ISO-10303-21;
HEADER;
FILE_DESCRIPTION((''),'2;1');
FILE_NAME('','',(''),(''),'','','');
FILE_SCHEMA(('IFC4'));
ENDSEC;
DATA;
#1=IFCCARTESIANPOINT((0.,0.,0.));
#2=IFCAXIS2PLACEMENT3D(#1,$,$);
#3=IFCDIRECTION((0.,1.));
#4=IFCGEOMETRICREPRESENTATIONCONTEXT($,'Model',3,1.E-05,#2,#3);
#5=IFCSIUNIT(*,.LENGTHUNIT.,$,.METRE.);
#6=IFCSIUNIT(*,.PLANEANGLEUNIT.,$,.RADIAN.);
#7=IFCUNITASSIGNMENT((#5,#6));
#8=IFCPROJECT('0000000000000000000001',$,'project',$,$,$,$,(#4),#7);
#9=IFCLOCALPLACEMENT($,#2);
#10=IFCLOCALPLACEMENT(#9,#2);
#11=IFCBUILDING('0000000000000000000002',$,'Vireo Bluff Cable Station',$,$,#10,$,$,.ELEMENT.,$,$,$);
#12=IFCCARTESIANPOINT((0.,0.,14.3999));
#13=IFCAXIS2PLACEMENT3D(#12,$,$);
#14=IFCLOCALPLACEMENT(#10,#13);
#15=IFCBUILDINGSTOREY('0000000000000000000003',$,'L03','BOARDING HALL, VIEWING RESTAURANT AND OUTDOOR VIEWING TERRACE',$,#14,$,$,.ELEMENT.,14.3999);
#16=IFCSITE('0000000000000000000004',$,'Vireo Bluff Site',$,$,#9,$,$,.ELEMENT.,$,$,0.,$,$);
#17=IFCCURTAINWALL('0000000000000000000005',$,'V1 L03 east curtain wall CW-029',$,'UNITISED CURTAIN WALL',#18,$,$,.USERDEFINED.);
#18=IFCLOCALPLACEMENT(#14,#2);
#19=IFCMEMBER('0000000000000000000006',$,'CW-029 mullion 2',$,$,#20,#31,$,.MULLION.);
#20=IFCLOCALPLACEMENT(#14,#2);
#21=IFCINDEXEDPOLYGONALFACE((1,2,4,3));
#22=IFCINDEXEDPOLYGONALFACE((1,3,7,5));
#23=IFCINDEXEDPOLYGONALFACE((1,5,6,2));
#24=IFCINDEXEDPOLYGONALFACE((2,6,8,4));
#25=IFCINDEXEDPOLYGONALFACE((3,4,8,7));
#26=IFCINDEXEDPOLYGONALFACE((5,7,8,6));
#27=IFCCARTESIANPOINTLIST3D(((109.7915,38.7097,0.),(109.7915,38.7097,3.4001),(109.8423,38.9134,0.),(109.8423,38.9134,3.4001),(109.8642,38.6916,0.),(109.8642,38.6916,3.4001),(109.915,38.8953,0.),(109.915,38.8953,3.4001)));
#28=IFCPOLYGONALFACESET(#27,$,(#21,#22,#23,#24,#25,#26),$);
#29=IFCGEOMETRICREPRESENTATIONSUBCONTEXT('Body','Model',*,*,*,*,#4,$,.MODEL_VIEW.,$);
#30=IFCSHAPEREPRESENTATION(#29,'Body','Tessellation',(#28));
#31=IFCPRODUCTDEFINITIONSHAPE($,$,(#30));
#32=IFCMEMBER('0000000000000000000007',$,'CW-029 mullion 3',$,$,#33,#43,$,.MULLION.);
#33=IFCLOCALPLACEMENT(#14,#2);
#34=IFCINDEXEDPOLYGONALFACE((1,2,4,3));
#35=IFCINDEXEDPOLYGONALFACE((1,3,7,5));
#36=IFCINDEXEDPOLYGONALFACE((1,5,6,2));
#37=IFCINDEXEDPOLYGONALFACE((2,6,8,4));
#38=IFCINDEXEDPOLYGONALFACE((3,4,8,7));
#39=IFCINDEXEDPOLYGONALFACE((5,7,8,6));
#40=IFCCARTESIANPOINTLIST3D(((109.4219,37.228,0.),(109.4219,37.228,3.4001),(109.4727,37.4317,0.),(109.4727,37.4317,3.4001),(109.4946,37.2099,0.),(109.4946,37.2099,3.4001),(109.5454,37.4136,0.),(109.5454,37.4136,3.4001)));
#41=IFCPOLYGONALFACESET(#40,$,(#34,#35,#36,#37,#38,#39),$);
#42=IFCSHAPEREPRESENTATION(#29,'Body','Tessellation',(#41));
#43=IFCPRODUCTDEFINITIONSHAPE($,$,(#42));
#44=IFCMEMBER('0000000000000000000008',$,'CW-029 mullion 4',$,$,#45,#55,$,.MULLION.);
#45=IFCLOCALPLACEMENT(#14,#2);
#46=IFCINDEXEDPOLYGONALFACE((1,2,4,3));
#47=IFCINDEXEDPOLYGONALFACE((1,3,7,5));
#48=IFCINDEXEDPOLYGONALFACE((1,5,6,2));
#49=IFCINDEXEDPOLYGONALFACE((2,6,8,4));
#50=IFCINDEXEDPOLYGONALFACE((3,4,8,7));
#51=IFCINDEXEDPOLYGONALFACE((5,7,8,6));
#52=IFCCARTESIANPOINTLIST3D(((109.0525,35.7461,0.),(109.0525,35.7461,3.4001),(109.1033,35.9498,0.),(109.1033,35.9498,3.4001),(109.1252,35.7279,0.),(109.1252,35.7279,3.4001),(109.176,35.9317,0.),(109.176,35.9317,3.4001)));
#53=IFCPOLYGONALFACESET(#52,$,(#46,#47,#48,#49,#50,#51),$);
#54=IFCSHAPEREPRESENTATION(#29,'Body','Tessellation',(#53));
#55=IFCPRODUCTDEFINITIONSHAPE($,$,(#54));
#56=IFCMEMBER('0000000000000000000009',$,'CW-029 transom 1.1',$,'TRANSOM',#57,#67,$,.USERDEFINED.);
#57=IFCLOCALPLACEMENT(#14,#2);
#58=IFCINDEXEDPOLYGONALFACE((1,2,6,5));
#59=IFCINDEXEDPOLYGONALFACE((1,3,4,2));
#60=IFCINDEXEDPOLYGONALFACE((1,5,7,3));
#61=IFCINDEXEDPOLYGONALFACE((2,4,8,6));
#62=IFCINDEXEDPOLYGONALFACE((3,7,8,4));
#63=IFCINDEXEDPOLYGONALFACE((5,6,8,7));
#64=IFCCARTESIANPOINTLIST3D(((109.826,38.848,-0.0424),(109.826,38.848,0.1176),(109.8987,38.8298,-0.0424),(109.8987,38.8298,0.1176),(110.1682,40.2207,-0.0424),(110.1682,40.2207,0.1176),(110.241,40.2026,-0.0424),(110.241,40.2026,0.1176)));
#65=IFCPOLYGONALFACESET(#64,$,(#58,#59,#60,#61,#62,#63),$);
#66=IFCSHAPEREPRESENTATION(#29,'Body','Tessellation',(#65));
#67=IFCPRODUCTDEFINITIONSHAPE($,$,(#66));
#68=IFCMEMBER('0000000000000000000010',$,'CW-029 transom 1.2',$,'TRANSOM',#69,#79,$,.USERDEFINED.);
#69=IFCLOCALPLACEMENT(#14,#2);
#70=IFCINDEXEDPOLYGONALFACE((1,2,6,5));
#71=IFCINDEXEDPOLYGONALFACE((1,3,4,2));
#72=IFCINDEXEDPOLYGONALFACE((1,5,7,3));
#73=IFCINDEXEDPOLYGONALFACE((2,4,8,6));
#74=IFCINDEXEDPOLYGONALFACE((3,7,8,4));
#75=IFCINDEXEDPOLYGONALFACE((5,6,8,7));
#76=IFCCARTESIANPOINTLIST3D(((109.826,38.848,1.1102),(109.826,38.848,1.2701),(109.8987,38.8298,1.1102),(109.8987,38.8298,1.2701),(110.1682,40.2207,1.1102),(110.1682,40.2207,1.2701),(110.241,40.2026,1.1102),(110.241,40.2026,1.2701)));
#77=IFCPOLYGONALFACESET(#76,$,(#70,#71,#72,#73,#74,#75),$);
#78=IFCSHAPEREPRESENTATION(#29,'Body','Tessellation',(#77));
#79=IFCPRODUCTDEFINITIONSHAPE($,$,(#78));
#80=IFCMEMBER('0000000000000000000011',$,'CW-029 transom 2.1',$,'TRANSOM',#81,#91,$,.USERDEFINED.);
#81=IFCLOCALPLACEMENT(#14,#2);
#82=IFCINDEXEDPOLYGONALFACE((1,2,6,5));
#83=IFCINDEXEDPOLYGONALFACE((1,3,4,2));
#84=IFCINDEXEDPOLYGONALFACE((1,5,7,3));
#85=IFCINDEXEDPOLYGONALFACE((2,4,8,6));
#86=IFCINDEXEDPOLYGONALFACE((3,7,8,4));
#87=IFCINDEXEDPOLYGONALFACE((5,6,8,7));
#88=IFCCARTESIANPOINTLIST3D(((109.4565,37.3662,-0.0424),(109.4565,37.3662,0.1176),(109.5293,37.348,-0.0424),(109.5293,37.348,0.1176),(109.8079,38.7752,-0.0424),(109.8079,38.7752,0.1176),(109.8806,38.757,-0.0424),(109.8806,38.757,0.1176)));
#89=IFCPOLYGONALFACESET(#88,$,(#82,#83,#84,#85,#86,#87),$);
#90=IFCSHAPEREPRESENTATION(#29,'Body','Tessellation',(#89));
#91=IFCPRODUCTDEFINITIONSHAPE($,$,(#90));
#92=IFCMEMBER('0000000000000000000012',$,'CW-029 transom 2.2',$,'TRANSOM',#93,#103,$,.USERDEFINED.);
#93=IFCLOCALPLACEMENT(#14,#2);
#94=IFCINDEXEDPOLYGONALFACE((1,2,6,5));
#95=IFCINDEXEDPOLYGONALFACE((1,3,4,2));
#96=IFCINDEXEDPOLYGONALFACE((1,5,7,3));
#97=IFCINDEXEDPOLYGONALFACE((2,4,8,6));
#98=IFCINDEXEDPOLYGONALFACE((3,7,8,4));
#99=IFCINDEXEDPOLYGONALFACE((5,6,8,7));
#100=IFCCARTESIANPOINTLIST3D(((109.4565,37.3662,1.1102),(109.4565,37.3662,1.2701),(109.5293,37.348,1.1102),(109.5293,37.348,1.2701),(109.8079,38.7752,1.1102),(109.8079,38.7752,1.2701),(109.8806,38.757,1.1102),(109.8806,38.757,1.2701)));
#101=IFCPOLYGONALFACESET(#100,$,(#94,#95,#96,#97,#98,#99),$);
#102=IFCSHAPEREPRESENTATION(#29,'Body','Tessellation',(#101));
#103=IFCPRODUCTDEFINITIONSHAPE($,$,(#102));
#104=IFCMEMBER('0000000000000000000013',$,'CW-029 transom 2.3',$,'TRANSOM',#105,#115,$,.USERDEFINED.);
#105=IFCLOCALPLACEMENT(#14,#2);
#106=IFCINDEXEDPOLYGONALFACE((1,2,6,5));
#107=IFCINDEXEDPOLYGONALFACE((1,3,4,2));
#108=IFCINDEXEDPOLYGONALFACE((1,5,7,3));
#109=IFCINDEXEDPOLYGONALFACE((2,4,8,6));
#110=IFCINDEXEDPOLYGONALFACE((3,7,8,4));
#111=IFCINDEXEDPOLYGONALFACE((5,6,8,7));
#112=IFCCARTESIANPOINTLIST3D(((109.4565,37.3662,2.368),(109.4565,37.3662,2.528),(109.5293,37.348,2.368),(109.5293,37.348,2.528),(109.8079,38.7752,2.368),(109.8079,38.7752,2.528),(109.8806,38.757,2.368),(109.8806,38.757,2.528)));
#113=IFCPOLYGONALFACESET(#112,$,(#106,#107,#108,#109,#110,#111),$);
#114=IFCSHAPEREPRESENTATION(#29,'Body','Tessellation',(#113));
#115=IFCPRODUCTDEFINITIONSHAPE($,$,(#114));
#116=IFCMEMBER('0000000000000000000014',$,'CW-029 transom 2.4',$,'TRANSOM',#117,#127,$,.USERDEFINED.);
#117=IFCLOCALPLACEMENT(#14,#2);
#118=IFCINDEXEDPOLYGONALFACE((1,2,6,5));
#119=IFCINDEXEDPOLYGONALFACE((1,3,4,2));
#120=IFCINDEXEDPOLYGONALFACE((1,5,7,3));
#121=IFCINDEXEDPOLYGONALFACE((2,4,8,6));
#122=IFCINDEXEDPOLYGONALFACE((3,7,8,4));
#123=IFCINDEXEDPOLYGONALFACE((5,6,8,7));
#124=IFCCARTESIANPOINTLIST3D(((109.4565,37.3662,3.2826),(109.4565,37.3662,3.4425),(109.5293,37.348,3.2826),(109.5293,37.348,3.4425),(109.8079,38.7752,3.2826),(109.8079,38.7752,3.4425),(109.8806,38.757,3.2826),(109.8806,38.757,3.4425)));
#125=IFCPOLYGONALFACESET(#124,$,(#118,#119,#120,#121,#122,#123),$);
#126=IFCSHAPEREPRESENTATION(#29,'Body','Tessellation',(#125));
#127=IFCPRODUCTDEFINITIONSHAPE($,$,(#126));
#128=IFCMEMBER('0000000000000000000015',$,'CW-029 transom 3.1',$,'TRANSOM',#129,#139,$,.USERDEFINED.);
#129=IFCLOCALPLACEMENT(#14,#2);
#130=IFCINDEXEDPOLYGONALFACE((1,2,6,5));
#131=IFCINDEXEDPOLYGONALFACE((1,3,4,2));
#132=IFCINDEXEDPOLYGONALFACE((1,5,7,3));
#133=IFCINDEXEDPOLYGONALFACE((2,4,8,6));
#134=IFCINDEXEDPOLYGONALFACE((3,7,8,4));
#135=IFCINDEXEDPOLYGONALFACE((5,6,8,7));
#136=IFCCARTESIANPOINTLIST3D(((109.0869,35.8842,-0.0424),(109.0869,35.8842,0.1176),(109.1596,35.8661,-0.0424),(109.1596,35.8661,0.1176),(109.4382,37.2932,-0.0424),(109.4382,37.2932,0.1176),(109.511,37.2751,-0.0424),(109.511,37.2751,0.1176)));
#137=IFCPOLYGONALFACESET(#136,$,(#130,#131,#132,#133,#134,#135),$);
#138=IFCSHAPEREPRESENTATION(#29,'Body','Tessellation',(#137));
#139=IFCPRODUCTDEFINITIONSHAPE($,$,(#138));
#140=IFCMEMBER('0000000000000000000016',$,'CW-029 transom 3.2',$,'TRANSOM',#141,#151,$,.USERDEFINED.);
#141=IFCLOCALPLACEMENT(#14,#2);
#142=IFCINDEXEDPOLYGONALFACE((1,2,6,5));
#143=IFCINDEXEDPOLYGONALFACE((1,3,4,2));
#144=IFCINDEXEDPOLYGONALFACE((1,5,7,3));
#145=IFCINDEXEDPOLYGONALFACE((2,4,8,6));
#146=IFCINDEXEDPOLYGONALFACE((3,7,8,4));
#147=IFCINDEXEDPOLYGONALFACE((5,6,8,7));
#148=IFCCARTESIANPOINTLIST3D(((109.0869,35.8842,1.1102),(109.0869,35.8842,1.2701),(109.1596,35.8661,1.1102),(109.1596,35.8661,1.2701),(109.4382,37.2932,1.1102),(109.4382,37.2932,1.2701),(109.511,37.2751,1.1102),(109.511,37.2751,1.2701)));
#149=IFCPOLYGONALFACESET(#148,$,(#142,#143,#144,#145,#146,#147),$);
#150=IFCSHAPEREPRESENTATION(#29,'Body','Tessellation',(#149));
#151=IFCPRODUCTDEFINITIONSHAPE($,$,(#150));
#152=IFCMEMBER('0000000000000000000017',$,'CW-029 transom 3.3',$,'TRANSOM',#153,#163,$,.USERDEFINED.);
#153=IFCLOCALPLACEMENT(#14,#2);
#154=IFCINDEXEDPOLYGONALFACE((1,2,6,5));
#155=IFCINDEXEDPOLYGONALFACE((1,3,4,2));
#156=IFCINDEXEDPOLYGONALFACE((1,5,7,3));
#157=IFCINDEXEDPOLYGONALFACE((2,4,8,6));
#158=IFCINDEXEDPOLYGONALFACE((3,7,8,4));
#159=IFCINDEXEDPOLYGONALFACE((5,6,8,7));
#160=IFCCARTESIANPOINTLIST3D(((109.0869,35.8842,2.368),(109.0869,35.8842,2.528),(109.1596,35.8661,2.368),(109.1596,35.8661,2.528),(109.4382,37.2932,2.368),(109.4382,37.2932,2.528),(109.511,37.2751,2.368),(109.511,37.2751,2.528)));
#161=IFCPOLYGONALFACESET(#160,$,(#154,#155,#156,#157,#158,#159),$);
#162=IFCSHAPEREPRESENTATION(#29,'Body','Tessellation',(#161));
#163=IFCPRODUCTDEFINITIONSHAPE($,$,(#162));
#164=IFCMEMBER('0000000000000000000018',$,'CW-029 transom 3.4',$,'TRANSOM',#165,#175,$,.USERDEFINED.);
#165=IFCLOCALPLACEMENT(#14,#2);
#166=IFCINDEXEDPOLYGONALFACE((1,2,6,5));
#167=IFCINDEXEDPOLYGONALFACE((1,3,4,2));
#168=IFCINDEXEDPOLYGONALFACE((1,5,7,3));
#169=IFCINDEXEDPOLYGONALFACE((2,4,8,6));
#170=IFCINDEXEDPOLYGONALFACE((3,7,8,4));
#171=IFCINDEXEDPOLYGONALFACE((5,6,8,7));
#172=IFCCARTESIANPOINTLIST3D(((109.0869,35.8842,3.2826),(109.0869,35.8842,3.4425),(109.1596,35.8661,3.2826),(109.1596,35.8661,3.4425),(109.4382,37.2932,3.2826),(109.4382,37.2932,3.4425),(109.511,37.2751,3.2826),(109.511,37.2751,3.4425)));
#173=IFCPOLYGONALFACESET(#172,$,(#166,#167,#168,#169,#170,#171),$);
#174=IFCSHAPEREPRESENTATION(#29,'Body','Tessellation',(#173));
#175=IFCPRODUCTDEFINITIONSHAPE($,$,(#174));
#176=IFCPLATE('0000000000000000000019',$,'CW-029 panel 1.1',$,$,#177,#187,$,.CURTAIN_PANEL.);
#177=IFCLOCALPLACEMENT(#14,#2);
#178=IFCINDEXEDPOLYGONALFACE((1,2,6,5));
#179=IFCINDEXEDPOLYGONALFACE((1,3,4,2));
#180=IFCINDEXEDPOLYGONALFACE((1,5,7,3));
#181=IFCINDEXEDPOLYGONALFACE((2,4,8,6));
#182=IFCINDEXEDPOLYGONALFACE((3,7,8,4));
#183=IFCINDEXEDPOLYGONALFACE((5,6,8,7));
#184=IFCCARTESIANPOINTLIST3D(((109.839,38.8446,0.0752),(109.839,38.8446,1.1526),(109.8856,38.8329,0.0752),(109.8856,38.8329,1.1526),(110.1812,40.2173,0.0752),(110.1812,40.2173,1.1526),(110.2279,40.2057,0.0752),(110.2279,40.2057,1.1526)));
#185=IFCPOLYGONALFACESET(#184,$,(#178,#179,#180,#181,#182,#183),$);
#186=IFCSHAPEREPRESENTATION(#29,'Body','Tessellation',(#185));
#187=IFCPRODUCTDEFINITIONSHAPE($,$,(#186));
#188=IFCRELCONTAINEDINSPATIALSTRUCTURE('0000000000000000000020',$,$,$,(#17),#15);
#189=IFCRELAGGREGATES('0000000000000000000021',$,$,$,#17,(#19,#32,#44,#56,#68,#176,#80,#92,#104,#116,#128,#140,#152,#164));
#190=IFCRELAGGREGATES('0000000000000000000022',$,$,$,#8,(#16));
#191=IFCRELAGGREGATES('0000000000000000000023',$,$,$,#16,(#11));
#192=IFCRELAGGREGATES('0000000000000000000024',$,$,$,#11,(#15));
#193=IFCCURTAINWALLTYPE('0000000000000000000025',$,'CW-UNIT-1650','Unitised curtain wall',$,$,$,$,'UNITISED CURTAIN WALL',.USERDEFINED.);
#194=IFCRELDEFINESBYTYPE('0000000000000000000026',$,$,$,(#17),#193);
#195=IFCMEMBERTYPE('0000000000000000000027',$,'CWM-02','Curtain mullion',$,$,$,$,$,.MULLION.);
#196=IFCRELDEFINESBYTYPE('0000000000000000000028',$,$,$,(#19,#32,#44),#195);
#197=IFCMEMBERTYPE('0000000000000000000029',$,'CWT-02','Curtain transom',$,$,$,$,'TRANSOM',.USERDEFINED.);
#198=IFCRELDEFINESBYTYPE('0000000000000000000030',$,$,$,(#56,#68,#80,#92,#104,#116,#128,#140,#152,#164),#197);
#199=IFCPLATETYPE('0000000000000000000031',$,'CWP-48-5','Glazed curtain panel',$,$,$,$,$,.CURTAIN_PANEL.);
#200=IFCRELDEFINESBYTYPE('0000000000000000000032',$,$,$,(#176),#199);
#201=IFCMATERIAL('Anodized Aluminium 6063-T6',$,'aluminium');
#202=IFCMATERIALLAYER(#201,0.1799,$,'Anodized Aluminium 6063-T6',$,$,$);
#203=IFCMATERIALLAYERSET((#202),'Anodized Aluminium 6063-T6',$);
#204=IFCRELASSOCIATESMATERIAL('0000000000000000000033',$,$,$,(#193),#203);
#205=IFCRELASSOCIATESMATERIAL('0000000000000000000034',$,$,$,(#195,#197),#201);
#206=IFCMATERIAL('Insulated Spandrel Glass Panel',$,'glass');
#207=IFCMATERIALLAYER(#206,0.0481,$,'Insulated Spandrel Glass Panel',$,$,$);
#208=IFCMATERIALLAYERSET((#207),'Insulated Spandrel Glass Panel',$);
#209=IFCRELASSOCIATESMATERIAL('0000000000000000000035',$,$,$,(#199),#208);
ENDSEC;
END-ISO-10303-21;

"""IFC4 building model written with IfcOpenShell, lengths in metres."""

from ifc_helpers import new_model, si_unit, direction, frame, origin, origin_2d, place, context, subcontext, project, spatial, rectangle, extrude, material, layer, layer_set, material_profile, profile_set, type_object, element, aggregate, save


model = new_model("IFC4")

# Units and contexts
model_context = context("Model", 3, precision=1e-05, world=origin(), true_north=direction((0.0, 1.0)))
body_context = subcontext(model_context, "Body", "Model", "MODEL_VIEW")
ifc_project = project(units=[si_unit("LENGTHUNIT", "METRE"), si_unit("PLANEANGLEUNIT", "RADIAN")], contexts=[model_context])

# Site, building, storey
site_placement = place(None, origin())
site = spatial("IfcSite", under=ifc_project, at=site_placement, Name="Vireo Bluff Site", CompositionType="ELEMENT", RefElevation=0.0)
building_placement = place(site_placement, origin())
building = spatial("IfcBuilding", under=site, at=building_placement, Name="Vireo Bluff Cable Station", CompositionType="ELEMENT")
storey_placement = place(building_placement, frame((0.0, 0.0, 14.3999)))
storey = spatial("IfcBuildingStorey", under=building, at=storey_placement, Name="L03", Description="BOARDING HALL, VIEWING RESTAURANT AND OUTDOOR VIEWING TERRACE", CompositionType="ELEMENT", Elevation=14.3999)

# Curtain wall, members, plate
ifc_material_1 = material(Name="Anodized Aluminium 6063-T6", Category="aluminium")
ifc_layer_1 = layer(ifc_material_1, 0.1799, Name="Anodized Aluminium 6063-T6")
ifc_layer_set_1 = layer_set([ifc_layer_1], Name="Anodized Aluminium 6063-T6")
curtain_wall_type = type_object("IfcCurtainWallType", Name="CW-UNIT-1650", Description="Unitised curtain wall", ElementType="UNITISED CURTAIN WALL", PredefinedType="USERDEFINED", material=ifc_layer_set_1)
curtain_wall_placement = place(storey_placement, origin())
curtain_wall = element("IfcCurtainWall", 1, at=curtain_wall_placement, inside=storey, type_object=curtain_wall_type, Name="V1 L03 east curtain wall CW-029", ObjectType="UNITISED CURTAIN WALL", PredefinedType="USERDEFINED")
ifc_material_profile_1 = material_profile(ifc_material_1, rectangle(XDim=0.075, YDim=0.21, at=origin_2d()), Name="ALU-M-75X210")
ifc_profile_set_1 = profile_set([ifc_material_profile_1], Name="Anodized Aluminium 6063-T6")
member_type_1 = type_object("IfcMemberType", Name="CWM-02", Description="Curtain mullion", PredefinedType="MULLION", material=ifc_profile_set_1)
member_1_placement = place(storey_placement, frame((109.8533, 38.8025, 0.0), z_axis=(0.0, 0.0, 1.0), x_axis=(0.970296, -0.241922, 0.0)))
member_1 = element("IfcMember", 2, at=member_1_placement, type_object=member_type_1, Name="CW-029 mullion 2", PredefinedType="MULLION", context=body_context, shape_type="SweptSolid", body=[
    extrude(rectangle(XDim=0.075, YDim=0.21, at=origin_2d()), origin(), (0.0, 0.0, 1.0), 3.4001),
])
member_2_placement = place(storey_placement, frame((109.4836, 37.3208, 0.0), z_axis=(0.0, 0.0, 1.0), x_axis=(0.970296, -0.241922, 0.0)))
member_2 = element("IfcMember", 3, at=member_2_placement, type_object=member_type_1, Name="CW-029 mullion 3", PredefinedType="MULLION", context=body_context, shape_type="SweptSolid", body=[
    extrude(rectangle(XDim=0.075, YDim=0.21, at=origin_2d()), origin(), (0.0, 0.0, 1.0), 3.4001),
])
member_3_placement = place(storey_placement, frame((109.1143, 35.8389, 0.0), z_axis=(0.0, 0.0, 1.0), x_axis=(0.970296, -0.241922, 0.0)))
member_3 = element("IfcMember", 4, at=member_3_placement, type_object=member_type_1, Name="CW-029 mullion 4", PredefinedType="MULLION", context=body_context, shape_type="SweptSolid", body=[
    extrude(rectangle(XDim=0.075, YDim=0.21, at=origin_2d()), origin(), (0.0, 0.0, 1.0), 3.4001),
])
ifc_material_profile_2 = material_profile(ifc_material_1, rectangle(XDim=0.075, YDim=0.1599, at=origin_2d()), Name="ALU-T-75X160")
ifc_profile_set_2 = profile_set([ifc_material_profile_2], Name="Anodized Aluminium 6063-T6")
member_type_2 = type_object("IfcMemberType", Name="CWT-02", Description="Curtain transom", ElementType="TRANSOM", PredefinedType="USERDEFINED", material=ifc_profile_set_2)
member_4_placement = place(storey_placement, frame((110.2046, 40.2117, 0.0376), z_axis=(-0.241927, -0.970295, 0.0), x_axis=(0.970295, -0.241927, 0.0)))
member_4 = element("IfcMember", 5, at=member_4_placement, type_object=member_type_2, Name="CW-029 transom 1.1", ObjectType="TRANSOM", PredefinedType="USERDEFINED", context=body_context, shape_type="SweptSolid", body=[
    extrude(rectangle(XDim=0.075, YDim=0.1599, at=origin_2d()), origin(), (0.0, 0.0, 1.0), 1.4148),
])
member_5_placement = place(storey_placement, frame((110.2046, 40.2117, 1.1902), z_axis=(-0.241927, -0.970295, 0.0), x_axis=(0.970295, -0.241927, 0.0)))
member_5 = element("IfcMember", 6, at=member_5_placement, type_object=member_type_2, Name="CW-029 transom 1.2", ObjectType="TRANSOM", PredefinedType="USERDEFINED", context=body_context, shape_type="SweptSolid", body=[
    extrude(rectangle(XDim=0.075, YDim=0.1599, at=origin_2d()), origin(), (0.0, 0.0, 1.0), 1.4148),
])
member_6_placement = place(storey_placement, frame((109.8442, 38.7661, 0.0376), z_axis=(-0.241942, -0.970291, 0.0), x_axis=(0.970291, -0.241942, 0.0)))
member_6 = element("IfcMember", 7, at=member_6_placement, type_object=member_type_2, Name="CW-029 transom 2.1", ObjectType="TRANSOM", PredefinedType="USERDEFINED", context=body_context, shape_type="SweptSolid", body=[
    extrude(rectangle(XDim=0.075, YDim=0.1599, at=origin_2d()), origin(), (0.0, 0.0, 1.0), 1.4521),
])
member_7_placement = place(storey_placement, frame((109.8442, 38.7661, 1.1902), z_axis=(-0.241942, -0.970291, 0.0), x_axis=(0.970291, -0.241942, 0.0)))
member_7 = element("IfcMember", 8, at=member_7_placement, type_object=member_type_2, Name="CW-029 transom 2.2", ObjectType="TRANSOM", PredefinedType="USERDEFINED", context=body_context, shape_type="SweptSolid", body=[
    extrude(rectangle(XDim=0.075, YDim=0.1599, at=origin_2d()), origin(), (0.0, 0.0, 1.0), 1.4521),
])
member_8_placement = place(storey_placement, frame((109.8442, 38.7661, 2.448), z_axis=(-0.241942, -0.970291, 0.0), x_axis=(0.970291, -0.241942, 0.0)))
member_8 = element("IfcMember", 9, at=member_8_placement, type_object=member_type_2, Name="CW-029 transom 2.3", ObjectType="TRANSOM", PredefinedType="USERDEFINED", context=body_context, shape_type="SweptSolid", body=[
    extrude(rectangle(XDim=0.075, YDim=0.1599, at=origin_2d()), origin(), (0.0, 0.0, 1.0), 1.4521),
])
member_9_placement = place(storey_placement, frame((109.8442, 38.7661, 3.3625), z_axis=(-0.241942, -0.970291, 0.0), x_axis=(0.970291, -0.241942, 0.0)))
member_9 = element("IfcMember", 10, at=member_9_placement, type_object=member_type_2, Name="CW-029 transom 2.4", ObjectType="TRANSOM", PredefinedType="USERDEFINED", context=body_context, shape_type="SweptSolid", body=[
    extrude(rectangle(XDim=0.075, YDim=0.1599, at=origin_2d()), origin(), (0.0, 0.0, 1.0), 1.4521),
])
member_10_placement = place(storey_placement, frame((109.4746, 37.2842, 0.0376), z_axis=(-0.241942, -0.970291, 0.0), x_axis=(0.970291, -0.241942, 0.0)))
member_10 = element("IfcMember", 11, at=member_10_placement, type_object=member_type_2, Name="CW-029 transom 3.1", ObjectType="TRANSOM", PredefinedType="USERDEFINED", context=body_context, shape_type="SweptSolid", body=[
    extrude(rectangle(XDim=0.075, YDim=0.1599, at=origin_2d()), origin(), (0.0, 0.0, 1.0), 1.4521),
])
member_11_placement = place(storey_placement, frame((109.4746, 37.2842, 1.1902), z_axis=(-0.241942, -0.970291, 0.0), x_axis=(0.970291, -0.241942, 0.0)))
member_11 = element("IfcMember", 12, at=member_11_placement, type_object=member_type_2, Name="CW-029 transom 3.2", ObjectType="TRANSOM", PredefinedType="USERDEFINED", context=body_context, shape_type="SweptSolid", body=[
    extrude(rectangle(XDim=0.075, YDim=0.1599, at=origin_2d()), origin(), (0.0, 0.0, 1.0), 1.4521),
])
member_12_placement = place(storey_placement, frame((109.4746, 37.2842, 2.448), z_axis=(-0.241942, -0.970291, 0.0), x_axis=(0.970291, -0.241942, 0.0)))
member_12 = element("IfcMember", 13, at=member_12_placement, type_object=member_type_2, Name="CW-029 transom 3.3", ObjectType="TRANSOM", PredefinedType="USERDEFINED", context=body_context, shape_type="SweptSolid", body=[
    extrude(rectangle(XDim=0.075, YDim=0.1599, at=origin_2d()), origin(), (0.0, 0.0, 1.0), 1.4521),
])
member_13_placement = place(storey_placement, frame((109.4746, 37.2842, 3.3625), z_axis=(-0.241942, -0.970291, 0.0), x_axis=(0.970291, -0.241942, 0.0)))
member_13 = element("IfcMember", 14, at=member_13_placement, type_object=member_type_2, Name="CW-029 transom 3.4", ObjectType="TRANSOM", PredefinedType="USERDEFINED", context=body_context, shape_type="SweptSolid", body=[
    extrude(rectangle(XDim=0.075, YDim=0.1599, at=origin_2d()), origin(), (0.0, 0.0, 1.0), 1.4521),
])
ifc_material_2 = material(Name="Insulated Spandrel Glass Panel", Category="glass")
ifc_layer_2 = layer(ifc_material_2, 0.0481, Name="Insulated Spandrel Glass Panel")
ifc_layer_set_2 = layer_set([ifc_layer_2], Name="Insulated Spandrel Glass Panel")
plate_type = type_object("IfcPlateType", Name="CWP-48-5", Description="Glazed curtain panel", PredefinedType="CURTAIN_PANEL", material=ifc_layer_set_2)
plate_1_placement = place(storey_placement, frame((110.0334, 39.5251, 0.0752), z_axis=(0.0, 0.0, 1.0), x_axis=(-0.241922, -0.970296, 0.0)))
plate_1 = element("IfcPlate", 15, at=plate_1_placement, type_object=plate_type, Name="CW-029 panel 1.1", PredefinedType="CURTAIN_PANEL", context=body_context, shape_type="SweptSolid", body=[
    extrude(rectangle(XDim=1.4148, YDim=0.0481, at=origin_2d()), origin(), (0.0, 0.0, 1.0), 1.0774),
])
aggregate(curtain_wall, [member_1, member_2, member_3, member_4, member_5, plate_1, member_6, member_7, member_8, member_9, member_10, member_11, member_12, member_13])

save(model, "model.ifc")
